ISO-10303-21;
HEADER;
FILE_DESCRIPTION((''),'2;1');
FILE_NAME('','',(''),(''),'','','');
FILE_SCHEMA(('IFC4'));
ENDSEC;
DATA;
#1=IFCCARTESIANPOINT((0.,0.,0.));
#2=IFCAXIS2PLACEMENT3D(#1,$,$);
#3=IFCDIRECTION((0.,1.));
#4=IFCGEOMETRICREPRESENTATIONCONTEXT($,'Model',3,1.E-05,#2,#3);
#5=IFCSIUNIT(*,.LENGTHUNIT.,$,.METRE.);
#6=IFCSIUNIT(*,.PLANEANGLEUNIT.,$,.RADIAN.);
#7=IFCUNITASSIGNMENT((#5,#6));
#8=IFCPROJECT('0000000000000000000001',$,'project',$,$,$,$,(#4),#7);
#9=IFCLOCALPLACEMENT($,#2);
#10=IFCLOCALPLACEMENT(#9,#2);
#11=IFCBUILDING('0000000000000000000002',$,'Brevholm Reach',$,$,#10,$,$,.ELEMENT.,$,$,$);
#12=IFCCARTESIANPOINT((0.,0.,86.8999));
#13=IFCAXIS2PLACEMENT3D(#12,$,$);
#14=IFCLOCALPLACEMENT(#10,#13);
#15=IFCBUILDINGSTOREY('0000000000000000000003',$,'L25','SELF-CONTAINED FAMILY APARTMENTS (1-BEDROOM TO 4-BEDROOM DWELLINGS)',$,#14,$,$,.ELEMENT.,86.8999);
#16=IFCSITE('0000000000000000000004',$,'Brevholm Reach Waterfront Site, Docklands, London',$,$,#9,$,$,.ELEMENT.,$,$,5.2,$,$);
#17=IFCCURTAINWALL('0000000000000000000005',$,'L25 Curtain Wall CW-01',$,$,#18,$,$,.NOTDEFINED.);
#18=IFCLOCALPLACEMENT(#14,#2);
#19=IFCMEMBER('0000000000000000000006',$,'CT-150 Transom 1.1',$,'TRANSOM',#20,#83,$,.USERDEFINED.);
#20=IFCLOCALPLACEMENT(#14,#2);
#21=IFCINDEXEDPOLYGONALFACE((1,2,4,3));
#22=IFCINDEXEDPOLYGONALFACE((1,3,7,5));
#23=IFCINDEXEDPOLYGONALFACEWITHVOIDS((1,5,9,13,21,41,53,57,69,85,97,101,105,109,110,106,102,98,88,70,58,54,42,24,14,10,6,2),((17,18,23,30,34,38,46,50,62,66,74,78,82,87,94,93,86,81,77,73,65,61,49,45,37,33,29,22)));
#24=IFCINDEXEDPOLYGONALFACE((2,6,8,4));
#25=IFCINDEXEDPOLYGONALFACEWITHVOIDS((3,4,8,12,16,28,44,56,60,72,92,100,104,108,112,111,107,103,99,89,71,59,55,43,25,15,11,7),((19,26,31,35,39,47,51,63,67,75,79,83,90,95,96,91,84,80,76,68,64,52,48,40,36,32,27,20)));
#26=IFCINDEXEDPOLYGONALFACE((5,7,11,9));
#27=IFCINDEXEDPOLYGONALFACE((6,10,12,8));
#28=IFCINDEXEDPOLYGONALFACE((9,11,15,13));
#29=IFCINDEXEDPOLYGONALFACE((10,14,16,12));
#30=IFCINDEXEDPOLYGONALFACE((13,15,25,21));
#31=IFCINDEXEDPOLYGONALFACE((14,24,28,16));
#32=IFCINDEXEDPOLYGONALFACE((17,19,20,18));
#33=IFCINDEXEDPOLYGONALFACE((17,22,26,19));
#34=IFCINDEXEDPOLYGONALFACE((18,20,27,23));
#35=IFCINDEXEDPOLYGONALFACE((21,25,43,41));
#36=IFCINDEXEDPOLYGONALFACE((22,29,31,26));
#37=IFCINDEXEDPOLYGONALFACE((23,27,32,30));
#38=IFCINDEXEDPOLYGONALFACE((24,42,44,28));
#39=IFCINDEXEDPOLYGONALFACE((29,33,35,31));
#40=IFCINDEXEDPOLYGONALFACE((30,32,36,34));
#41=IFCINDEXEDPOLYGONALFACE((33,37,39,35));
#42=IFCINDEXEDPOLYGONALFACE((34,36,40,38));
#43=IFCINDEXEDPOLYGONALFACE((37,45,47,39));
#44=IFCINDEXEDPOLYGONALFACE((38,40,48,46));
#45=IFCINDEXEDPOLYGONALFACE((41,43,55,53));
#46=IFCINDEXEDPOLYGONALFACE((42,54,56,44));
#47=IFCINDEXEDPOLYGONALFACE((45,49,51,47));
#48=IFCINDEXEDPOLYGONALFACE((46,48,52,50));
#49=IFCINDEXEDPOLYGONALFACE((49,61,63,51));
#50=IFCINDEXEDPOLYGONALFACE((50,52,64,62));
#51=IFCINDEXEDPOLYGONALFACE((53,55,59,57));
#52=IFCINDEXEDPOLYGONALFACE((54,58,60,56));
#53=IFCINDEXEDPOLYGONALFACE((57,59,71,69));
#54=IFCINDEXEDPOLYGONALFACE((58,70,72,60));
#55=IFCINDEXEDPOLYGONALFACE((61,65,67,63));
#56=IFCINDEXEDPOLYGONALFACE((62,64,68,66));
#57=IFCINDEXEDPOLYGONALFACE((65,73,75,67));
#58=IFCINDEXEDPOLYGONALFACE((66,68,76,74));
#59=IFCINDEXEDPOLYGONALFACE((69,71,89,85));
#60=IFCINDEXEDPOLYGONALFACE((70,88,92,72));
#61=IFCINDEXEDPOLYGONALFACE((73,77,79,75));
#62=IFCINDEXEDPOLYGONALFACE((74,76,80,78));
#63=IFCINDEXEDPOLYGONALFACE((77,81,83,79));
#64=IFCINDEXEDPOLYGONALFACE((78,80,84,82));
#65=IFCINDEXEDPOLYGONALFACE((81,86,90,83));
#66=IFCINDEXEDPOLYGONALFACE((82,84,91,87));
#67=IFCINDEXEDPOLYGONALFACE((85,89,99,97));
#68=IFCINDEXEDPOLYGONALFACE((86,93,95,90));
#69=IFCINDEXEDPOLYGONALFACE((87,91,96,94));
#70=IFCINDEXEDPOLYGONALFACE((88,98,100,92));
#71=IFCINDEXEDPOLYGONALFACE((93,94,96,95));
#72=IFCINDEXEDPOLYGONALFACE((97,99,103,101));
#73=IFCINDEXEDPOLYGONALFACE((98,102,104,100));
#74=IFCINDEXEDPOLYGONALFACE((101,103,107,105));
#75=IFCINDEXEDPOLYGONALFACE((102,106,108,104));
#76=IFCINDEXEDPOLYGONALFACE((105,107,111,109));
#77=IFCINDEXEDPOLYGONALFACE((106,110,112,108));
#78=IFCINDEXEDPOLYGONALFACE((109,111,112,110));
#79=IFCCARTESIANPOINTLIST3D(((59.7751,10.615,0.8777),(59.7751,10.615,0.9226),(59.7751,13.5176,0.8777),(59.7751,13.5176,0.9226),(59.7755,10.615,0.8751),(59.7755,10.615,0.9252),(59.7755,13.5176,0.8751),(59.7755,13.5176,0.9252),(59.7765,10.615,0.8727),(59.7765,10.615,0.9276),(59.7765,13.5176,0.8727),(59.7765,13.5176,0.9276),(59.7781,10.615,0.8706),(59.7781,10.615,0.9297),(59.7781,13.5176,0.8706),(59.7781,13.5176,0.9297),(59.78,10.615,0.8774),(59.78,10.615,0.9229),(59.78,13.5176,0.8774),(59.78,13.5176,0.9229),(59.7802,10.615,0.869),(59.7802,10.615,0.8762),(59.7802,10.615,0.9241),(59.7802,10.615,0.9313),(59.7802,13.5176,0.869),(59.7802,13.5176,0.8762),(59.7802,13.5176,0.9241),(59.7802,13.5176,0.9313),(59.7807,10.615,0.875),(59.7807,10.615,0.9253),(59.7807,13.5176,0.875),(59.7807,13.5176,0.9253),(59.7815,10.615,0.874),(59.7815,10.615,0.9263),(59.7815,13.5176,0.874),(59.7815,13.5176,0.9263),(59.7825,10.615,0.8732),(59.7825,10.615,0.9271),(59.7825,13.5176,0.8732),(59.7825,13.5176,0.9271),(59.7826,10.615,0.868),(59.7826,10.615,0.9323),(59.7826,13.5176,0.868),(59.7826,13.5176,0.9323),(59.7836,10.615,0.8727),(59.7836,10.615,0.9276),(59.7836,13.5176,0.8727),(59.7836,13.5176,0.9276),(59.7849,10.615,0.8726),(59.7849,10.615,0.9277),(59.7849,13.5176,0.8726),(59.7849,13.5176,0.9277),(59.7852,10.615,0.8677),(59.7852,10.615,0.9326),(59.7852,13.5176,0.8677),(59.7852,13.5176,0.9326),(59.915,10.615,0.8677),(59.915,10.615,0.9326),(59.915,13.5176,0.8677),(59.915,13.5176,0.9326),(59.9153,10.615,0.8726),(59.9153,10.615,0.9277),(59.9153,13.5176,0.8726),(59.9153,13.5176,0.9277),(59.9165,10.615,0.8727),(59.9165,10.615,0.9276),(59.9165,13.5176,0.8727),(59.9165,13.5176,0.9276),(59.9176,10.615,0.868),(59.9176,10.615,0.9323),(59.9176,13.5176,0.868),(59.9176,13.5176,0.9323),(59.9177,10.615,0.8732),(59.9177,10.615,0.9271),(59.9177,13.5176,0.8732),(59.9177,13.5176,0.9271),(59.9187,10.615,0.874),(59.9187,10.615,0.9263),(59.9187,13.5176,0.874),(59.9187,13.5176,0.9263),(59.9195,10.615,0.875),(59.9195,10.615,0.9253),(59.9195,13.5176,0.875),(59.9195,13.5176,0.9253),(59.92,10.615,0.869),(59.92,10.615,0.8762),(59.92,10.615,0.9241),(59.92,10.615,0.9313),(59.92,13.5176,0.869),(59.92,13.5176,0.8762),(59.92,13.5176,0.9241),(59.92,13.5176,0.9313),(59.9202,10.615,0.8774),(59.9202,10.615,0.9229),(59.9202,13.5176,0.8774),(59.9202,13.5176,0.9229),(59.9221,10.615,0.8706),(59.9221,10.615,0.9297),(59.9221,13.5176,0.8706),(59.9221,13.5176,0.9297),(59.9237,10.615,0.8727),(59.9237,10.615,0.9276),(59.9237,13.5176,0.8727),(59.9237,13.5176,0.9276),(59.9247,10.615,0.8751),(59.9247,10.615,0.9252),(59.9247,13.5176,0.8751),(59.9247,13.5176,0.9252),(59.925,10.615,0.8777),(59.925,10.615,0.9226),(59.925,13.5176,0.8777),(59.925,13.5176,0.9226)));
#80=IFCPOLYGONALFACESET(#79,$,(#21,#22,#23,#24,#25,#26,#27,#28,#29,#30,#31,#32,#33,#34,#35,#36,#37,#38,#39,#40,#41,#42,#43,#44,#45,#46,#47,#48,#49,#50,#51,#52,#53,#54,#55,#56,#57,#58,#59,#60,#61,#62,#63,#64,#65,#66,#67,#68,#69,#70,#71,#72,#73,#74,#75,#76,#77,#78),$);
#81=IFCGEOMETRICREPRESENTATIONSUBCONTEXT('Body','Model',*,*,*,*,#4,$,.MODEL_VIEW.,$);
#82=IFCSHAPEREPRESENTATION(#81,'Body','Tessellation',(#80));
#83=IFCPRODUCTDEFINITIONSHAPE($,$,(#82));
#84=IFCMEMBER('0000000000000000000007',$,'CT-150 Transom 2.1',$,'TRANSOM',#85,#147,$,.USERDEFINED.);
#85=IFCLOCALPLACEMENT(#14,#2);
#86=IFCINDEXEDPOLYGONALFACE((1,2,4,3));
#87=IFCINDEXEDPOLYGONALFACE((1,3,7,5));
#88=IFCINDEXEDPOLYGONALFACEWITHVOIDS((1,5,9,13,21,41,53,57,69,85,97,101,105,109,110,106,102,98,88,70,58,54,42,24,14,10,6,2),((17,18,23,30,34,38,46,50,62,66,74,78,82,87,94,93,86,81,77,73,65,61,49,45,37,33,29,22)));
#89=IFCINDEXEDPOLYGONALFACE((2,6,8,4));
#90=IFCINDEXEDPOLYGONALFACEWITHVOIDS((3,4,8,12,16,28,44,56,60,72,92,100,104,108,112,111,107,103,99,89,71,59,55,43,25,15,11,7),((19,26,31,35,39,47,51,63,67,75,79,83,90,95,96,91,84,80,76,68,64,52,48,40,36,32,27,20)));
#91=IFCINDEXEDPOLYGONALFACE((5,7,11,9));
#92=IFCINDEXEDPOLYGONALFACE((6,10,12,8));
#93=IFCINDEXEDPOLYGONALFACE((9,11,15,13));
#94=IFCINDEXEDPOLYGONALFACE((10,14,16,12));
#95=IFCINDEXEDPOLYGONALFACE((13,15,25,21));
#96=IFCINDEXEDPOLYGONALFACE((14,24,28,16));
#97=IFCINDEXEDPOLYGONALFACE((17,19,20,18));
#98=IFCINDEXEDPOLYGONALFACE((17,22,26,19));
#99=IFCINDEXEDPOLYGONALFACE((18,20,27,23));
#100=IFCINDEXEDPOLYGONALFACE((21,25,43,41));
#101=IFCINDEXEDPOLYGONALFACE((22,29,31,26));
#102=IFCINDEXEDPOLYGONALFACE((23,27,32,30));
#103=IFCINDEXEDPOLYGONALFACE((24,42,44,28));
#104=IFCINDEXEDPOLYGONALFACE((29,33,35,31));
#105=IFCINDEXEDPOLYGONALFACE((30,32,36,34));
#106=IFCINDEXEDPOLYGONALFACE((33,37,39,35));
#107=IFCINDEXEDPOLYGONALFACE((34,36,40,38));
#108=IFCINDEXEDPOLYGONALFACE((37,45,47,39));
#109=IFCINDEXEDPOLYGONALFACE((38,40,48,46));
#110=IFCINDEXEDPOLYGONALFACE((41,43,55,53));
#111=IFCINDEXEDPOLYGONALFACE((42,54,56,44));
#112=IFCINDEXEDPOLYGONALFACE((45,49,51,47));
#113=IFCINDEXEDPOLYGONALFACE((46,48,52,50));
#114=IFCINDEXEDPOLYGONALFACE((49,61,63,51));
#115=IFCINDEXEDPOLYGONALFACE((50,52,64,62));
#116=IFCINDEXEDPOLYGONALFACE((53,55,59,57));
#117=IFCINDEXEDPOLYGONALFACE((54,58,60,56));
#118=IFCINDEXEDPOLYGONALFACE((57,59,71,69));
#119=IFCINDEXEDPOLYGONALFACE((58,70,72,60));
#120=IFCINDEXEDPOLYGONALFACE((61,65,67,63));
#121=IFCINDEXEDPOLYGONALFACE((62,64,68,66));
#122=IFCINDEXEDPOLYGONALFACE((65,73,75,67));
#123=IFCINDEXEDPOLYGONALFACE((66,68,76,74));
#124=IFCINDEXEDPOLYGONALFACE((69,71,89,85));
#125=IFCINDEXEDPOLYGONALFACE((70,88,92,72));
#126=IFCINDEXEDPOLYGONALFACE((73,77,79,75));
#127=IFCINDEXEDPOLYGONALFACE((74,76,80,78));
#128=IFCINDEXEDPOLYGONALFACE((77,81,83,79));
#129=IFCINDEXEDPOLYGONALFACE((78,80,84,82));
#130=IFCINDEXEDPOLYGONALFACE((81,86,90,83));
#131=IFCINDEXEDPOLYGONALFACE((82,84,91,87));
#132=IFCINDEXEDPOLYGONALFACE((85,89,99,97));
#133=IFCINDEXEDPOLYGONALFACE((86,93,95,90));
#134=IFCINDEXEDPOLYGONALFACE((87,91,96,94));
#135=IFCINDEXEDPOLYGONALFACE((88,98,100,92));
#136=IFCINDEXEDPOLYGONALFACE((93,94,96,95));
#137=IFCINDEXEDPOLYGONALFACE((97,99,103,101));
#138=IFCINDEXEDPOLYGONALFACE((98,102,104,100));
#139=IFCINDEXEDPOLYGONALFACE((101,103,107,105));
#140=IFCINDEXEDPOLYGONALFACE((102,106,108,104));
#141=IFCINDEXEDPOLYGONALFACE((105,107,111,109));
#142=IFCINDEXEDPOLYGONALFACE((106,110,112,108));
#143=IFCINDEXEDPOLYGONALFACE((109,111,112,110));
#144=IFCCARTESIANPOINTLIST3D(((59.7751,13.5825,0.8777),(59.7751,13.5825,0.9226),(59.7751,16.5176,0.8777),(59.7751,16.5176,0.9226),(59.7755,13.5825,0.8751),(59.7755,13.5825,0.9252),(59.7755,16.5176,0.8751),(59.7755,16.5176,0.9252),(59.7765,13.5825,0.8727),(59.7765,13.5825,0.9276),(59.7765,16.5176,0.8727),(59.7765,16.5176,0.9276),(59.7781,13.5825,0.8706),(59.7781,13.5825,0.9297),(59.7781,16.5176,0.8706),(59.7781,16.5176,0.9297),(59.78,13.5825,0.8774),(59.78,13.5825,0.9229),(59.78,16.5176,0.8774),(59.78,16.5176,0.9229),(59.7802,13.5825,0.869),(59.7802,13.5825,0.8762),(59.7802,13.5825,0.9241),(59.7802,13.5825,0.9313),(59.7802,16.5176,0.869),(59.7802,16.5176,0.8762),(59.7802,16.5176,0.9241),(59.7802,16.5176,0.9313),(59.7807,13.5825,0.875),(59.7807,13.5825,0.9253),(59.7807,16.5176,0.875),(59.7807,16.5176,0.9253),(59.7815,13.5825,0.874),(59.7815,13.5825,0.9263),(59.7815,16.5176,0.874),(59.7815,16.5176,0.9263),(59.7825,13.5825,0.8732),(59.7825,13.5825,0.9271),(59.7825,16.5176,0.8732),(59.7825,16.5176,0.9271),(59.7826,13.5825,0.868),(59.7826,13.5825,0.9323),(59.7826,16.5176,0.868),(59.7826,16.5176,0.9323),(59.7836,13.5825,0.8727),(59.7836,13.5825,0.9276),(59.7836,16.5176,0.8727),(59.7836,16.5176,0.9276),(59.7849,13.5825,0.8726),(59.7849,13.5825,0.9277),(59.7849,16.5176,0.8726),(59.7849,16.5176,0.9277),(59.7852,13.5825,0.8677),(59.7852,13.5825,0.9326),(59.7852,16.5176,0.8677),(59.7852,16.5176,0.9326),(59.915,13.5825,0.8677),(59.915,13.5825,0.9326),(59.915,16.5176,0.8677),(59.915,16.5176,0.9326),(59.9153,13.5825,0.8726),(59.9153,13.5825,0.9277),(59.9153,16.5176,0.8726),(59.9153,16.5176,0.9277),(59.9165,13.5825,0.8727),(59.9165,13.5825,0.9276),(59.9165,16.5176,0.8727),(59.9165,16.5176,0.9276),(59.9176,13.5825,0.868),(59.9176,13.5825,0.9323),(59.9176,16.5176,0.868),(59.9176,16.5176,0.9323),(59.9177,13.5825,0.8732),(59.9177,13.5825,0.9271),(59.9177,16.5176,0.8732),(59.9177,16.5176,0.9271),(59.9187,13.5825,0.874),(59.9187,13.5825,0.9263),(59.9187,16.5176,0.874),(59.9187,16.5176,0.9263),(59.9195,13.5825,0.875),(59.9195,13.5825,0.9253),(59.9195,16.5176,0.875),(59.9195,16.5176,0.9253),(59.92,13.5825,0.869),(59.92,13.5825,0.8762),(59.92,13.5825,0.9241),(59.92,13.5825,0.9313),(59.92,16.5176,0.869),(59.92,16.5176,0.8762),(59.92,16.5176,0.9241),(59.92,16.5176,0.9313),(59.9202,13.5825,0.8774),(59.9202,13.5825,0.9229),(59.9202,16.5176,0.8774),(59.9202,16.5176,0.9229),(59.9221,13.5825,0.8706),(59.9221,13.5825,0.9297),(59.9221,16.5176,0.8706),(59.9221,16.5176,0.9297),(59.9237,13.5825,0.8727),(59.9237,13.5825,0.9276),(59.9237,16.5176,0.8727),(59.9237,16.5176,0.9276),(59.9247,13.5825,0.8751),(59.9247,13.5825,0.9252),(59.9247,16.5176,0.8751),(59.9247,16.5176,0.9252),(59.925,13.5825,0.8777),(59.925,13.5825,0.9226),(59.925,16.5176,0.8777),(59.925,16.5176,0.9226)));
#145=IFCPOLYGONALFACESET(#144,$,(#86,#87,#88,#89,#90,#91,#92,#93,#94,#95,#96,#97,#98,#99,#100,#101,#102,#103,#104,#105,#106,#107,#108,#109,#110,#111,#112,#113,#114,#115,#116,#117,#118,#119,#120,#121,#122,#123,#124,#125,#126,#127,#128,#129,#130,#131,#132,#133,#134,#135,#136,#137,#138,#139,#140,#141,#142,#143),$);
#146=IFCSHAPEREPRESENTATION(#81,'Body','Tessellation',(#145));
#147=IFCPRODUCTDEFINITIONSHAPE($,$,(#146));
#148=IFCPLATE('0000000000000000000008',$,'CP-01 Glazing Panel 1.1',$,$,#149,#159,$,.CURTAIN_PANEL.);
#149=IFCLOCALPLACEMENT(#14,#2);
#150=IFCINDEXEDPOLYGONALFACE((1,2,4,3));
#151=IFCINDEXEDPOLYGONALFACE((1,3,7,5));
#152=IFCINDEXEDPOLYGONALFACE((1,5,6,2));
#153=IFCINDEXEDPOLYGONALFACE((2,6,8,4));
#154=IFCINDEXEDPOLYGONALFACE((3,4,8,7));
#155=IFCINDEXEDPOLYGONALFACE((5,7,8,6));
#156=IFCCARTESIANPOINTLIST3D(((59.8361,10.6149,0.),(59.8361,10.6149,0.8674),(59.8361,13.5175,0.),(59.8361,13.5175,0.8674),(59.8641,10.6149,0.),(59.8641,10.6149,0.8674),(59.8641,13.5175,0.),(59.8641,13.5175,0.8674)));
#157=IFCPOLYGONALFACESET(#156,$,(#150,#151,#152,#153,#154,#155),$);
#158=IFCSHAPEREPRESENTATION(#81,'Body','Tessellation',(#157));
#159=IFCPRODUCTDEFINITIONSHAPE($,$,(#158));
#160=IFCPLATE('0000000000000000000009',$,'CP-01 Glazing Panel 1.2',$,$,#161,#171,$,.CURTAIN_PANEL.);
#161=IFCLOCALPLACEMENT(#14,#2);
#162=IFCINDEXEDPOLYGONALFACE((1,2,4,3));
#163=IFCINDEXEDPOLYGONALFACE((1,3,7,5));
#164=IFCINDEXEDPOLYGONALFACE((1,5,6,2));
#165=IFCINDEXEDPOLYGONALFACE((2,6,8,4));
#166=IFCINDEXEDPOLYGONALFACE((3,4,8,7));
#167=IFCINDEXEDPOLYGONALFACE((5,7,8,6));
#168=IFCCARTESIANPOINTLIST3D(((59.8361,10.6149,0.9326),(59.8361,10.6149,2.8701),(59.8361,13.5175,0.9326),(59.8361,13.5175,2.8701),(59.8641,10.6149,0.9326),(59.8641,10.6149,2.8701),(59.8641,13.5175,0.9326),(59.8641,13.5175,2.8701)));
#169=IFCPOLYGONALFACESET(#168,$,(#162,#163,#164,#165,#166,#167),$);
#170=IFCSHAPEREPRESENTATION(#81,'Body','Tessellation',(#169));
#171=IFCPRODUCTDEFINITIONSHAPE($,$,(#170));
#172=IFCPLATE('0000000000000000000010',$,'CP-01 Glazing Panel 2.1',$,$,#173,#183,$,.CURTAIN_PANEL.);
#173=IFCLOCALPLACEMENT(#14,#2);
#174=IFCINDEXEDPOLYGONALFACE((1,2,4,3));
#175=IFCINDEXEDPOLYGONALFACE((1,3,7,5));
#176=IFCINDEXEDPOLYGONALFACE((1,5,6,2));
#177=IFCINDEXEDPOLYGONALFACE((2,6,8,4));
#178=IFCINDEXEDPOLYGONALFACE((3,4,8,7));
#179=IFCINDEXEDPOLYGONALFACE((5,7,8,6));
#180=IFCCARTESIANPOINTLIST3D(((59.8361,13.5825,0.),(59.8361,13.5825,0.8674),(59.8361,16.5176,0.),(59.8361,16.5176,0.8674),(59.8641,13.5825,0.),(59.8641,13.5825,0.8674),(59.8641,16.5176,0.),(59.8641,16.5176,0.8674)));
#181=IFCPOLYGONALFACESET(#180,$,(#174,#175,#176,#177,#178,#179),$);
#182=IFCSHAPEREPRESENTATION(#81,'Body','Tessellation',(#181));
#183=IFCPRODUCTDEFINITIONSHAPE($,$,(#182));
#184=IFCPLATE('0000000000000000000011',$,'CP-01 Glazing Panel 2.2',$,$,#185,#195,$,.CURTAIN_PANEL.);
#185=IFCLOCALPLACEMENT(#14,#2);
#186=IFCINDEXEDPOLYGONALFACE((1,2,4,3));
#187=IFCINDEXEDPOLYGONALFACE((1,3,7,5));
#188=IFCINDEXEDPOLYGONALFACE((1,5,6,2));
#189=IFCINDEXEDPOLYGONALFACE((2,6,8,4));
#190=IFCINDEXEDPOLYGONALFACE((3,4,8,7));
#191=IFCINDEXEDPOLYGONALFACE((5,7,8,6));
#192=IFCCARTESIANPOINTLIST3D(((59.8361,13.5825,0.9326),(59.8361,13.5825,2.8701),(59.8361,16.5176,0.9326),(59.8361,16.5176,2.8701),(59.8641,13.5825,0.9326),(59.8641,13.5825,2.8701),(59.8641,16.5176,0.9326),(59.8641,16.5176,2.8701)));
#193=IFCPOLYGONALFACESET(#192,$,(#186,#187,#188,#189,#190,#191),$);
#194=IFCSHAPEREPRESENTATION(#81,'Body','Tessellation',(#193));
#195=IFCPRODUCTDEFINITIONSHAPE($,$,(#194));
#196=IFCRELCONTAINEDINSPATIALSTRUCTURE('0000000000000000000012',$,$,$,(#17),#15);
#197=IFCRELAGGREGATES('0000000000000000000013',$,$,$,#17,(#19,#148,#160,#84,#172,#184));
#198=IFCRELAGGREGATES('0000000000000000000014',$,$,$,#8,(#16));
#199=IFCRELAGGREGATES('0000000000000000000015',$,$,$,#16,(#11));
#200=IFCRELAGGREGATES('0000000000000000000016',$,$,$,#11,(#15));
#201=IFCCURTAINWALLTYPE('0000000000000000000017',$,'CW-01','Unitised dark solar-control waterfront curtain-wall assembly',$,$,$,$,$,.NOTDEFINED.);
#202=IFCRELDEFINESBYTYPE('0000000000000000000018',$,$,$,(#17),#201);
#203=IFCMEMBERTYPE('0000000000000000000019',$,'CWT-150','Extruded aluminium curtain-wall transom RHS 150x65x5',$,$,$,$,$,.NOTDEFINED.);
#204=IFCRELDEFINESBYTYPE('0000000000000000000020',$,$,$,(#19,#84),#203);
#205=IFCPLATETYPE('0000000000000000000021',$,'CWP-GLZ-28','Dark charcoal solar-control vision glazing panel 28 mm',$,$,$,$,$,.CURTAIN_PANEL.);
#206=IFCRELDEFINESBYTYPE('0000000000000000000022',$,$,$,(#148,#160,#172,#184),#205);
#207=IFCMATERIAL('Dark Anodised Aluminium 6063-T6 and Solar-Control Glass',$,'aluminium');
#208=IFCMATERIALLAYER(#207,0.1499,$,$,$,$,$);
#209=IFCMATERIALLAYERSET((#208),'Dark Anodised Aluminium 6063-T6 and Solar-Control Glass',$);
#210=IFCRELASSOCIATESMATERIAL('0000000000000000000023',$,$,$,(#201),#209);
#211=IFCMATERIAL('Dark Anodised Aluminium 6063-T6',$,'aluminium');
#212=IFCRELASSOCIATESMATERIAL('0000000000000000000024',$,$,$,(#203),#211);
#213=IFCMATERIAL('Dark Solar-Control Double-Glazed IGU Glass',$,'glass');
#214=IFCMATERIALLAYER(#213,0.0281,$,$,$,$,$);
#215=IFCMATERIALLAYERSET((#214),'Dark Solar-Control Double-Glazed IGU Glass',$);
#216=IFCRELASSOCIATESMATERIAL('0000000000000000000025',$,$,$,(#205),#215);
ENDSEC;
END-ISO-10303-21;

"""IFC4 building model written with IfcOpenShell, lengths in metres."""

from ifc_helpers import new_model, si_unit, direction, frame, origin, origin_2d, place, context, subcontext, project, spatial, rectangle, hollow_rectangle, extrude, material, layer, layer_set, material_profile, profile_set, type_object, element, aggregate, save


model = new_model("IFC4")

# Units and contexts
model_context = context("Model", 3, precision=1e-05, world=origin(), true_north=direction((0.0, 1.0)))
body_context = subcontext(model_context, "Body", "Model", "MODEL_VIEW")
ifc_project = project(units=[si_unit("LENGTHUNIT", "METRE"), si_unit("PLANEANGLEUNIT", "RADIAN")], contexts=[model_context])

# Site, building, storey
site_placement = place(None, origin())
site = spatial("IfcSite", under=ifc_project, at=site_placement, Name="Brevholm Reach Waterfront Site, Docklands, London", CompositionType="ELEMENT", RefElevation=5.2)
building_placement = place(site_placement, origin())
building = spatial("IfcBuilding", under=site, at=building_placement, Name="Brevholm Reach", CompositionType="ELEMENT")
storey_placement = place(building_placement, frame((0.0, 0.0, 86.8999)))
storey = spatial("IfcBuildingStorey", under=building, at=storey_placement, Name="L25", Description="SELF-CONTAINED FAMILY APARTMENTS (1-BEDROOM TO 4-BEDROOM DWELLINGS)", CompositionType="ELEMENT", Elevation=86.8999)

# Curtain wall, members, plates
ifc_material_1 = material(Name="Dark Anodised Aluminium 6063-T6 and Solar-Control Glass", Category="aluminium")
ifc_layer_1 = layer(ifc_material_1, 0.1499)
ifc_layer_set_1 = layer_set([ifc_layer_1], Name="Dark Anodised Aluminium 6063-T6 and Solar-Control Glass")
curtain_wall_type = type_object("IfcCurtainWallType", Name="CW-01", Description="Unitised dark solar-control waterfront curtain-wall assembly", PredefinedType="NOTDEFINED", material=ifc_layer_set_1)
curtain_wall_placement = place(storey_placement, origin())
curtain_wall = element("IfcCurtainWall", 1, at=curtain_wall_placement, inside=storey, type_object=curtain_wall_type, Name="L25 Curtain Wall CW-01", PredefinedType="NOTDEFINED")
ifc_material_2 = material(Name="Dark Anodised Aluminium 6063-T6", Category="aluminium")
ifc_material_profile_1 = material_profile(ifc_material_2, hollow_rectangle(XDim=0.0649, YDim=0.1499, WallThickness=0.0049, InnerFilletRadius=0.0049, OuterFilletRadius=0.01, at=origin_2d()), Name="RHS 150x65x5")
ifc_profile_set_1 = profile_set([ifc_material_profile_1], Name="Dark Anodised Aluminium 6063-T6")
member_type_1 = type_object("IfcMemberType", Name="CWT-150", Description="Extruded aluminium curtain-wall transom RHS 150x65x5", PredefinedType="NOTDEFINED", material=ifc_profile_set_1)
member_1_placement = place(storey_placement, frame((59.8501, 10.615, 0.9001), z_axis=(0.0, 1.0, 0.0), x_axis=(0.0, 0.0, 1.0)))
member_1 = element("IfcMember", 2, at=member_1_placement, type_object=member_type_1, Name="CT-150 Transom 1.1", ObjectType="TRANSOM", PredefinedType="USERDEFINED", context=body_context, shape_type="SweptSolid", body=[
    extrude(hollow_rectangle(XDim=0.0649, YDim=0.1499, WallThickness=0.0049, InnerFilletRadius=0.0049, OuterFilletRadius=0.01, at=origin_2d()), origin(), (0.0, 0.0, 1.0), 2.9026),
])
member_2_placement = place(storey_placement, frame((59.8501, 13.5825, 0.9001), z_axis=(0.0, 1.0, 0.0), x_axis=(0.0, 0.0, 1.0)))
member_2 = element("IfcMember", 3, at=member_2_placement, type_object=member_type_1, Name="CT-150 Transom 2.1", ObjectType="TRANSOM", PredefinedType="USERDEFINED", context=body_context, shape_type="SweptSolid", body=[
    extrude(hollow_rectangle(XDim=0.0649, YDim=0.1499, WallThickness=0.0049, InnerFilletRadius=0.0049, OuterFilletRadius=0.01, at=origin_2d()), origin(), (0.0, 0.0, 1.0), 2.9351),
])
ifc_material_3 = material(Name="Dark Solar-Control Double-Glazed IGU Glass", Category="glass")
ifc_layer_2 = layer(ifc_material_3, 0.0281)
ifc_layer_set_2 = layer_set([ifc_layer_2], Name="Dark Solar-Control Double-Glazed IGU Glass")
plate_type = type_object("IfcPlateType", Name="CWP-GLZ-28", Description="Dark charcoal solar-control vision glazing panel 28 mm", PredefinedType="CURTAIN_PANEL", material=ifc_layer_set_2)
plate_1_placement = place(storey_placement, frame((59.8501, 12.0662, 0.0), z_axis=(0.0, 0.0, 1.0), x_axis=(0.0, 1.0, 0.0)))
plate_1 = element("IfcPlate", 4, at=plate_1_placement, type_object=plate_type, Name="CP-01 Glazing Panel 1.1", PredefinedType="CURTAIN_PANEL", context=body_context, shape_type="SweptSolid", body=[
    extrude(rectangle(XDim=2.9026, YDim=0.0281, at=origin_2d()), origin(), (0.0, 0.0, 1.0), 0.8674),
])
plate_2_placement = place(storey_placement, frame((59.8501, 12.0662, 0.9326), z_axis=(0.0, 0.0, 1.0), x_axis=(0.0, 1.0, 0.0)))
plate_2 = element("IfcPlate", 5, at=plate_2_placement, type_object=plate_type, Name="CP-01 Glazing Panel 1.2", PredefinedType="CURTAIN_PANEL", context=body_context, shape_type="SweptSolid", body=[
    extrude(rectangle(XDim=2.9026, YDim=0.0281, at=origin_2d()), origin(), (0.0, 0.0, 1.0), 1.9375),
])
plate_3_placement = place(storey_placement, frame((59.8501, 15.05, 0.0), z_axis=(0.0, 0.0, 1.0), x_axis=(0.0, 1.0, 0.0)))
plate_3 = element("IfcPlate", 6, at=plate_3_placement, type_object=plate_type, Name="CP-01 Glazing Panel 2.1", PredefinedType="CURTAIN_PANEL", context=body_context, shape_type="SweptSolid", body=[
    extrude(rectangle(XDim=2.9351, YDim=0.0281, at=origin_2d()), origin(), (0.0, 0.0, 1.0), 0.8674),
])
plate_4_placement = place(storey_placement, frame((59.8501, 15.05, 0.9326), z_axis=(0.0, 0.0, 1.0), x_axis=(0.0, 1.0, 0.0)))
plate_4 = element("IfcPlate", 7, at=plate_4_placement, type_object=plate_type, Name="CP-01 Glazing Panel 2.2", PredefinedType="CURTAIN_PANEL", context=body_context, shape_type="SweptSolid", body=[
    extrude(rectangle(XDim=2.9351, YDim=0.0281, at=origin_2d()), origin(), (0.0, 0.0, 1.0), 1.9375),
])
aggregate(curtain_wall, [member_1, plate_1, plate_2, member_2, plate_3, plate_4])

save(model, "model.ifc")
